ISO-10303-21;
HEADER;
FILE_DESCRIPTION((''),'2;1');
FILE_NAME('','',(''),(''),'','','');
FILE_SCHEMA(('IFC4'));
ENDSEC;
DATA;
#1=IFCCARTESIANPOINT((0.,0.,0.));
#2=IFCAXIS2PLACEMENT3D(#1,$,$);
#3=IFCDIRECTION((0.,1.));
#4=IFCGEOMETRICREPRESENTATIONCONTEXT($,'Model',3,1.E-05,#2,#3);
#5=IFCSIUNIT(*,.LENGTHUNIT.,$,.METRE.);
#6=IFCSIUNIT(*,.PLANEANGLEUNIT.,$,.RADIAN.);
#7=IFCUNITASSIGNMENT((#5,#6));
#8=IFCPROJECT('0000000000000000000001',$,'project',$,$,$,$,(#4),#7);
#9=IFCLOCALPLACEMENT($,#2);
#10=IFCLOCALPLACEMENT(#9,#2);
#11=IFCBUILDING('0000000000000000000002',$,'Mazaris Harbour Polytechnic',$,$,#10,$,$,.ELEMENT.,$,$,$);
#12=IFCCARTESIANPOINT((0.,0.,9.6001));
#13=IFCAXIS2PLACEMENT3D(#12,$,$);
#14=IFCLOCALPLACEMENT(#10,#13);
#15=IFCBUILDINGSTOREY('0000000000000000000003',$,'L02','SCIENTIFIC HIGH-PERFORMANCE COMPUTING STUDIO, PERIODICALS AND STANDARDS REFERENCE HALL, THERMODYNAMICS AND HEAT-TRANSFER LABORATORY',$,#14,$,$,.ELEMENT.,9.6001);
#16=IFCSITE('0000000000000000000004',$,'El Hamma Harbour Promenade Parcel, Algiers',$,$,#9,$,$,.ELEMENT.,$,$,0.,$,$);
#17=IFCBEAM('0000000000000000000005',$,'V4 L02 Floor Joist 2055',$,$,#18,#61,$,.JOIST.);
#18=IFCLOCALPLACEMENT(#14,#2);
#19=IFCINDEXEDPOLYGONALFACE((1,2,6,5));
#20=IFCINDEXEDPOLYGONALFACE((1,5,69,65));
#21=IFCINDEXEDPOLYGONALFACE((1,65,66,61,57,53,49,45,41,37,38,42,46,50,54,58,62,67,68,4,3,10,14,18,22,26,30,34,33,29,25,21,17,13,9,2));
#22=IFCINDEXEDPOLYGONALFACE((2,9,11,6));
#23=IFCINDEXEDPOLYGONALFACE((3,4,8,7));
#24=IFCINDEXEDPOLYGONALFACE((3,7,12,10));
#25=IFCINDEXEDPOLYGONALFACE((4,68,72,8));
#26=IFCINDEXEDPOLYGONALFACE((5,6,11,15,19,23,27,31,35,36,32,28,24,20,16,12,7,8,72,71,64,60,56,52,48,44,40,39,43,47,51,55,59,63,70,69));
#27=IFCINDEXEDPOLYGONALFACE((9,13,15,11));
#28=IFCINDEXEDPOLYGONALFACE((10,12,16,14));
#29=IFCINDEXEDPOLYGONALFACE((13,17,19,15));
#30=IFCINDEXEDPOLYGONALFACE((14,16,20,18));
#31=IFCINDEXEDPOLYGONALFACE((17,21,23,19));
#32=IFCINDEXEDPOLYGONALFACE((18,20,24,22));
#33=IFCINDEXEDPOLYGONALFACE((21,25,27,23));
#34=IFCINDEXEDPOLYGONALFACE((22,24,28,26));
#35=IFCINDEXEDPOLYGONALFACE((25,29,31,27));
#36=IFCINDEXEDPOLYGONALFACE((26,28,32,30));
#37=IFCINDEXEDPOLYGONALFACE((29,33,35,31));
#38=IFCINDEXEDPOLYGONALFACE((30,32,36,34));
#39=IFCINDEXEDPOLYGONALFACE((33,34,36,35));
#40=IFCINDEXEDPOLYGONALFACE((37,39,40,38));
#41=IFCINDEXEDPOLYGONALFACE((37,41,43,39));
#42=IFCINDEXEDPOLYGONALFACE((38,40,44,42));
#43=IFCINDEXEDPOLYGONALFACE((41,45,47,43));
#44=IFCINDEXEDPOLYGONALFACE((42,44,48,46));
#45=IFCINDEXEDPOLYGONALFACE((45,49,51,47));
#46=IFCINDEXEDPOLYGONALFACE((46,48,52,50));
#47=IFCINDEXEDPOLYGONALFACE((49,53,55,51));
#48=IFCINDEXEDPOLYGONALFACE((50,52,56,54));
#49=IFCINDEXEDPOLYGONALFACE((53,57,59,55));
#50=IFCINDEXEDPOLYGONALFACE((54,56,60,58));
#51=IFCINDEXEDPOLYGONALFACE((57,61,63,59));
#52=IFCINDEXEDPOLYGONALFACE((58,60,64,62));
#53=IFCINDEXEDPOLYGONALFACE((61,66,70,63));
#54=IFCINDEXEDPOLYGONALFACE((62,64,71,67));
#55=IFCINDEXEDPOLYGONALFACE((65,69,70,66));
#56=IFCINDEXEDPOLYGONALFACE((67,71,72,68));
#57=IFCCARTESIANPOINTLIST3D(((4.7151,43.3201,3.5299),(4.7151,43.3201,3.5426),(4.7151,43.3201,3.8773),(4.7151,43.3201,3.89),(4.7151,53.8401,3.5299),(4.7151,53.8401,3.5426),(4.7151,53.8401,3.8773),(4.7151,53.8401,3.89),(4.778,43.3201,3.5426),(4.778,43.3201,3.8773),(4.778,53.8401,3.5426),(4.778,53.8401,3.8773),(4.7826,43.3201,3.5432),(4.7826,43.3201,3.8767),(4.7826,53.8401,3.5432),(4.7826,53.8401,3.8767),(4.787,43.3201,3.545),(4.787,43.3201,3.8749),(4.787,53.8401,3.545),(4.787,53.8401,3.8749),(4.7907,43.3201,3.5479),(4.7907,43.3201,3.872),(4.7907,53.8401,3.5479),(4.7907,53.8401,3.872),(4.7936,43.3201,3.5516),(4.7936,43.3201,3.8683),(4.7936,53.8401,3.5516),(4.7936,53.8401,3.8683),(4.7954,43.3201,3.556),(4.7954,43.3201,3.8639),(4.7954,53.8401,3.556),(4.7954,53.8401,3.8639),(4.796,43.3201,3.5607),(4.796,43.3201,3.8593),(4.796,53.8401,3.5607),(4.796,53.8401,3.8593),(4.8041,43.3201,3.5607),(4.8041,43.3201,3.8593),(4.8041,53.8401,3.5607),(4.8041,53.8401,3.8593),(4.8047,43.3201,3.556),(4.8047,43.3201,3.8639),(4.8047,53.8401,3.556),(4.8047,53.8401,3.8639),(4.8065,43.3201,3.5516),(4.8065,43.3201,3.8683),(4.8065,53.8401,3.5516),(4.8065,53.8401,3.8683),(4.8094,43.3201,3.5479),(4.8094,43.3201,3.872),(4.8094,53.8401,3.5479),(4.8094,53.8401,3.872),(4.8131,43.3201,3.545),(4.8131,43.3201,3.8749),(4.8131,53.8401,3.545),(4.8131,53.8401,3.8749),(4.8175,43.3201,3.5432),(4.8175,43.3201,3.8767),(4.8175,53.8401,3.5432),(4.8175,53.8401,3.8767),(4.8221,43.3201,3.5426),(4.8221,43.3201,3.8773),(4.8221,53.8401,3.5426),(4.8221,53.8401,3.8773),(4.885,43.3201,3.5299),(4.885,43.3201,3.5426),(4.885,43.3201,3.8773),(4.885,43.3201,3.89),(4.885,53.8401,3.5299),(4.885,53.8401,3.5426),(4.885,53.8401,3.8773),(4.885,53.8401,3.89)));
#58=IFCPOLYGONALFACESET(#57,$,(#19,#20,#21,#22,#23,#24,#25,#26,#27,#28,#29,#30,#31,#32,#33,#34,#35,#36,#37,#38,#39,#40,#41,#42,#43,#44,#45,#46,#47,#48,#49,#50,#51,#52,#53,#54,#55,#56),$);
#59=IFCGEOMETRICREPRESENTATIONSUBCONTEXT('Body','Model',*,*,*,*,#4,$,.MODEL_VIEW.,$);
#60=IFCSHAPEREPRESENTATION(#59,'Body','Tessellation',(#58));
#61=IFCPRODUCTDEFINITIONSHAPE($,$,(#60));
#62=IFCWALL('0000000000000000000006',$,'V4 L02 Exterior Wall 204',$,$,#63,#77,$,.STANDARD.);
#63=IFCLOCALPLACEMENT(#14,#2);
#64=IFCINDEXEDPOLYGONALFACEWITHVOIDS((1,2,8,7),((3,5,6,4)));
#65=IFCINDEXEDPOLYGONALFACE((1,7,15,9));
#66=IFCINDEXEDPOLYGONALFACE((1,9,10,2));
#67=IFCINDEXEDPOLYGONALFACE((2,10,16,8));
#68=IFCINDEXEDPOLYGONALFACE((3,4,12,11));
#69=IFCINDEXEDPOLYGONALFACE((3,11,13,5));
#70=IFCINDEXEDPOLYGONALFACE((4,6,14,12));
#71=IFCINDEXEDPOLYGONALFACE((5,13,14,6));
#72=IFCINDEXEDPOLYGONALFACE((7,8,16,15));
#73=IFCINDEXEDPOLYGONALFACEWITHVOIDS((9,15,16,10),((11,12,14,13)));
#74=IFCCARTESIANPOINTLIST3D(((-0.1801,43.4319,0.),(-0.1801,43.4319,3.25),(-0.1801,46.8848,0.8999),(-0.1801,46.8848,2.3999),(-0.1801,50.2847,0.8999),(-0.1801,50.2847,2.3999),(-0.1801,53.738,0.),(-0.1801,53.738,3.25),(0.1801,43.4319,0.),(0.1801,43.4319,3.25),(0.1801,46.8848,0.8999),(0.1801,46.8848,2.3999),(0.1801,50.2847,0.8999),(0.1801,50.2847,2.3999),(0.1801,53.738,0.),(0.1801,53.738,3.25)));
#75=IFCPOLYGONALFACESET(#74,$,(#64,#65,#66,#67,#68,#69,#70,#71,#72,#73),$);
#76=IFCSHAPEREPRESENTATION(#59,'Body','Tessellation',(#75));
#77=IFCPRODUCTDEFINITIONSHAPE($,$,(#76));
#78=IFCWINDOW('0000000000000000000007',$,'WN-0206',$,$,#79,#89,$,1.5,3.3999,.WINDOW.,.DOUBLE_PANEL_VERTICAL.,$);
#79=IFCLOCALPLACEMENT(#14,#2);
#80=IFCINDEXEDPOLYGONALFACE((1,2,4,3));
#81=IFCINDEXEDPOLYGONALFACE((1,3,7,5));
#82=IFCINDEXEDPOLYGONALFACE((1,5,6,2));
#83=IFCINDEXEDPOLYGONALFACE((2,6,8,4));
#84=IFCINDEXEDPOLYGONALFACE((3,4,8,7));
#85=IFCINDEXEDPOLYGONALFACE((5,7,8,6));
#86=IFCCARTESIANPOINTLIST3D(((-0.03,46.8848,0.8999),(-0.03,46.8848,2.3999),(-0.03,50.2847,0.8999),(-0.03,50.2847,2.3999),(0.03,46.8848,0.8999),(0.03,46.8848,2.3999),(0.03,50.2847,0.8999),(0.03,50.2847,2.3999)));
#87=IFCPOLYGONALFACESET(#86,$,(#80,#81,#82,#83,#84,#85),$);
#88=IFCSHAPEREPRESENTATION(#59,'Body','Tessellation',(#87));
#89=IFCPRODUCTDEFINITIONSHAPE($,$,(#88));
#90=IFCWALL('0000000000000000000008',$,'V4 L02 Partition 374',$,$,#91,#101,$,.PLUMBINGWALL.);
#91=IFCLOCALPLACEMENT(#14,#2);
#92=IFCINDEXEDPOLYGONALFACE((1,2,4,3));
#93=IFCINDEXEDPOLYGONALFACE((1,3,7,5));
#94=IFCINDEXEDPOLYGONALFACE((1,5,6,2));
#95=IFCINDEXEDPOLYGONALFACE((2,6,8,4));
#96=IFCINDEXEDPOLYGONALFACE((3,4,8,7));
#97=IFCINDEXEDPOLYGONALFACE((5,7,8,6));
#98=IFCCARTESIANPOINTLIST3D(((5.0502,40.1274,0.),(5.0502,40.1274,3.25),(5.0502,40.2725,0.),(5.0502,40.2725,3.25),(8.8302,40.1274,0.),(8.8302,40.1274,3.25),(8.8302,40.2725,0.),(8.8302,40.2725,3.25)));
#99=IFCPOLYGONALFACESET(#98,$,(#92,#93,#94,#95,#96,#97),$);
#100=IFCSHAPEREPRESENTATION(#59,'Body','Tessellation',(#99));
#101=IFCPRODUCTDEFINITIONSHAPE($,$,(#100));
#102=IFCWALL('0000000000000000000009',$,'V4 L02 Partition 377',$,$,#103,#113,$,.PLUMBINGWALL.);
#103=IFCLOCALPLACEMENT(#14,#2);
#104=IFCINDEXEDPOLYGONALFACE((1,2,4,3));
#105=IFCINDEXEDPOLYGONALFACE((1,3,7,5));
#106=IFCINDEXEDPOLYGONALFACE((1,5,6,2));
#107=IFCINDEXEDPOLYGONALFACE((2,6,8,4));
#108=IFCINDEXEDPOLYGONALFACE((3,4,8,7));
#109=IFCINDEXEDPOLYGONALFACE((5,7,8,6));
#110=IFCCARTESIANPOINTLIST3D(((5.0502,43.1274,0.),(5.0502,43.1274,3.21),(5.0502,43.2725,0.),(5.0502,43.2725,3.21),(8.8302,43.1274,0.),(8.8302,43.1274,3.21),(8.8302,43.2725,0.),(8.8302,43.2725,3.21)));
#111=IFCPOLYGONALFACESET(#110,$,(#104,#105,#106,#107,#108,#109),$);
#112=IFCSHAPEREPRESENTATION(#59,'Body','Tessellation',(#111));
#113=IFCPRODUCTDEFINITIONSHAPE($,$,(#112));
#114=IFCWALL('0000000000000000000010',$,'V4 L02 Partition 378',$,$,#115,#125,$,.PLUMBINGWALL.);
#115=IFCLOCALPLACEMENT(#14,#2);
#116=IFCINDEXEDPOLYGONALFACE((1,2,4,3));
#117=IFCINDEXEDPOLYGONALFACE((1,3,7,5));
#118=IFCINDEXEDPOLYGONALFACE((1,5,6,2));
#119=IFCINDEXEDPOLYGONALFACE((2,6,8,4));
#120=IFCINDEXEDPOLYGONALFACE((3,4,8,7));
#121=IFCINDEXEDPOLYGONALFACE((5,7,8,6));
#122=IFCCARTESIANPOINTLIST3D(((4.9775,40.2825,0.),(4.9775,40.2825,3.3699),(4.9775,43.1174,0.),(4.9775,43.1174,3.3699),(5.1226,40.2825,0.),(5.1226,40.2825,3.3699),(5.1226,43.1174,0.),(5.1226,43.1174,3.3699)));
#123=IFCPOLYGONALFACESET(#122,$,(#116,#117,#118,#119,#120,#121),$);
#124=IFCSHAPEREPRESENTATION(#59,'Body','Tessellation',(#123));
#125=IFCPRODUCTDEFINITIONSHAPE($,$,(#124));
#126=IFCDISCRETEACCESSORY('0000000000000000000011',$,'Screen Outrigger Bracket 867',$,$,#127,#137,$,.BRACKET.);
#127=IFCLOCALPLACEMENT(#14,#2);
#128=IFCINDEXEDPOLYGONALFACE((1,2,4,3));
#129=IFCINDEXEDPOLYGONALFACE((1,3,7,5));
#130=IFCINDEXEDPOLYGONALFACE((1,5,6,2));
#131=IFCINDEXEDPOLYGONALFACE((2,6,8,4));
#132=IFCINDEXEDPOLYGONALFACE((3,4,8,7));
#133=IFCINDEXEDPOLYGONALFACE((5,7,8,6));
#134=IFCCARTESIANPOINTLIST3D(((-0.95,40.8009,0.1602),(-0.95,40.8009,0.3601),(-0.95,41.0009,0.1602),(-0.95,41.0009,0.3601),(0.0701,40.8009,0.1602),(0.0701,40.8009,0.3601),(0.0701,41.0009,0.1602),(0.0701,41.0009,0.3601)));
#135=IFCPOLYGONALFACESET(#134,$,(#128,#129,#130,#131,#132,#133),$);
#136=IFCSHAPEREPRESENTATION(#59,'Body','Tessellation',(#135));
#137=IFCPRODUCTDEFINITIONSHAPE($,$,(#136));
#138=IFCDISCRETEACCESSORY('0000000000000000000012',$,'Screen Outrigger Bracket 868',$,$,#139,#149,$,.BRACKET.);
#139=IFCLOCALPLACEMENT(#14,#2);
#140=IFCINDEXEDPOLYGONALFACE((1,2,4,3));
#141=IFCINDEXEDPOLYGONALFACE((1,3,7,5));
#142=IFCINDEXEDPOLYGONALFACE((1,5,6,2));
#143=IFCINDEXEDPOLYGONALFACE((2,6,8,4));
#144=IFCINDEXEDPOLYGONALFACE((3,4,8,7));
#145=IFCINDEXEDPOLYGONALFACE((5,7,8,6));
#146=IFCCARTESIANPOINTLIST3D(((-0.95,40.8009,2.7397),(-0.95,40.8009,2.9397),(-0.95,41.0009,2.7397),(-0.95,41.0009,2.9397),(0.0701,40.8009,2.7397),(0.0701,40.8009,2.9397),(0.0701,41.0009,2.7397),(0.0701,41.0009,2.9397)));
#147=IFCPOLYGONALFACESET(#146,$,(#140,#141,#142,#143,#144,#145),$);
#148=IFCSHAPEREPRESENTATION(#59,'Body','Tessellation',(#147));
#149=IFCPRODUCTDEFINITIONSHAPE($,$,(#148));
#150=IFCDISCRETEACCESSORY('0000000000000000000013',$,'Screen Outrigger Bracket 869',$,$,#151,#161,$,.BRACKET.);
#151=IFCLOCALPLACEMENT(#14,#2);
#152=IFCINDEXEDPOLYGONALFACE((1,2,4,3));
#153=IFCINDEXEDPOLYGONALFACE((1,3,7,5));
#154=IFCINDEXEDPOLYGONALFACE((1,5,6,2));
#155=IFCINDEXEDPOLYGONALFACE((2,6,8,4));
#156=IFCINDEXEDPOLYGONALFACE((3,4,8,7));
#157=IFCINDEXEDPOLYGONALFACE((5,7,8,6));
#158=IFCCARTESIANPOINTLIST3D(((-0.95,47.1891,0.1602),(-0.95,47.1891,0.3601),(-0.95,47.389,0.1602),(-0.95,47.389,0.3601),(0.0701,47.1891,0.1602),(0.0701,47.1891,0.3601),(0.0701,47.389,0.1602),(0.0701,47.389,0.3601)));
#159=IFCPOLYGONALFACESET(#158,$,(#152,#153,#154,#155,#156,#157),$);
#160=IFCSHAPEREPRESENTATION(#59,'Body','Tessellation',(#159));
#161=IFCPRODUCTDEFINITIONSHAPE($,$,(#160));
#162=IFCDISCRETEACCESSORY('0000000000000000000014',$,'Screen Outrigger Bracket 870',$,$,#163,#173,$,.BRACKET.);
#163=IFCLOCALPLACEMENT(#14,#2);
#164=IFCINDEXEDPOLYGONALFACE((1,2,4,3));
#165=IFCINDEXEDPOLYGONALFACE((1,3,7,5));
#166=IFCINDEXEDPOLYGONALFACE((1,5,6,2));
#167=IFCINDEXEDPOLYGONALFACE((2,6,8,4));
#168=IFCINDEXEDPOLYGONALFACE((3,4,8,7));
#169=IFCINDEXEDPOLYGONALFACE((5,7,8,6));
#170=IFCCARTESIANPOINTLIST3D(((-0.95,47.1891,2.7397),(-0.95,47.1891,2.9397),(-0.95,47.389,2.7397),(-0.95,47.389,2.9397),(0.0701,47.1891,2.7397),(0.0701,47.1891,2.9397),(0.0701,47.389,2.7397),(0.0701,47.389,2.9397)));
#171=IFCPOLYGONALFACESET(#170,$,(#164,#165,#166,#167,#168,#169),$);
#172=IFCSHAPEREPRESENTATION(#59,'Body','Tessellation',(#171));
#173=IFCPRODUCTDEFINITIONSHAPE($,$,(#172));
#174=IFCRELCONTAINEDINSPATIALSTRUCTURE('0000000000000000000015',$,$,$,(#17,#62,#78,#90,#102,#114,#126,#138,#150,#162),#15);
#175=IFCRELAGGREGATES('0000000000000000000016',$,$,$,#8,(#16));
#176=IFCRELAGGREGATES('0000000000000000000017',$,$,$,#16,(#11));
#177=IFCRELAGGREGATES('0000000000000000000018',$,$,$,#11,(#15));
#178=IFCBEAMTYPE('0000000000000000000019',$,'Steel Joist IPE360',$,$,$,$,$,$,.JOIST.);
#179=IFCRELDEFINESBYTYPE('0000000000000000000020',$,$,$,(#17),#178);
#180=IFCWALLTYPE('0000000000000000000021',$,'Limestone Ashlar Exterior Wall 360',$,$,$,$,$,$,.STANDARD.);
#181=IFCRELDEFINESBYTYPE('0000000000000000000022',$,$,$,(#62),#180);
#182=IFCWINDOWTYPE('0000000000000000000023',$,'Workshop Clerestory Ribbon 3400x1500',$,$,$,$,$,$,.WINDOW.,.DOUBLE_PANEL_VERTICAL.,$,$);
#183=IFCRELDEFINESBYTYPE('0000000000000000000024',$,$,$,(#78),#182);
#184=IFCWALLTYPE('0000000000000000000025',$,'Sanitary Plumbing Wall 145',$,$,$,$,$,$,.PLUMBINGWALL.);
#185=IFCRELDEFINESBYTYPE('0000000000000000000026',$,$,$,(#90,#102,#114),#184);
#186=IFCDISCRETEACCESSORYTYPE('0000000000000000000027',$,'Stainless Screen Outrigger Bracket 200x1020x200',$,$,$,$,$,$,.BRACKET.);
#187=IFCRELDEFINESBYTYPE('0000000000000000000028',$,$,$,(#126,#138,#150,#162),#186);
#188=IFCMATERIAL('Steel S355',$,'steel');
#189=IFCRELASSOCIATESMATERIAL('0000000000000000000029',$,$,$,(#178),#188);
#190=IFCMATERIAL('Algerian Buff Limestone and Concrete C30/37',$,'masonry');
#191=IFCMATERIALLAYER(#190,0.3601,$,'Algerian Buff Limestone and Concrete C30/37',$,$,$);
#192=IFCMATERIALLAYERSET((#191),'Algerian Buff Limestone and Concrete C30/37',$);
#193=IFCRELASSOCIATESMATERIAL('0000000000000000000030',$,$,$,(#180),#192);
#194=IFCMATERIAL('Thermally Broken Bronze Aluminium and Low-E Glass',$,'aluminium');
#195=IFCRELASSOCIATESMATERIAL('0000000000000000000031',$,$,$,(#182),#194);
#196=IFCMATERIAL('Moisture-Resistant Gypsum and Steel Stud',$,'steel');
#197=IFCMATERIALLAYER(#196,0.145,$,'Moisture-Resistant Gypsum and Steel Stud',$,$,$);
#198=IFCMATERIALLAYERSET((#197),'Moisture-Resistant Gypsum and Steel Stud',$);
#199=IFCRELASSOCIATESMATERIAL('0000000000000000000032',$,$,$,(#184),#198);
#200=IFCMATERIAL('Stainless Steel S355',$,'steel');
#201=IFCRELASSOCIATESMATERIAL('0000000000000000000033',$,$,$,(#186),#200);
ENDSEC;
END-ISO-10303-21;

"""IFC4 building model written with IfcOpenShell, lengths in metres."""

from ifc_helpers import new_model, si_unit, direction, frame, frame_2d, origin, origin_2d, place, context, subcontext, project, spatial, rectangle, i_section, extrude, material, layer, layer_set, material_profile, profile_set, type_object, element, fill, save


model = new_model("IFC4")

# Units and contexts
model_context = context("Model", 3, precision=1e-05, world=origin(), true_north=direction((0.0, 1.0)))
body_context = subcontext(model_context, "Body", "Model", "MODEL_VIEW")
ifc_project = project(units=[si_unit("LENGTHUNIT", "METRE"), si_unit("PLANEANGLEUNIT", "RADIAN")], contexts=[model_context])

# Site, building, storey
site_placement = place(None, origin())
site = spatial("IfcSite", under=ifc_project, at=site_placement, Name="El Hamma Harbour Promenade Parcel, Algiers", CompositionType="ELEMENT", RefElevation=0.0)
building_placement = place(site_placement, origin())
building = spatial("IfcBuilding", under=site, at=building_placement, Name="Mazaris Harbour Polytechnic", CompositionType="ELEMENT")
storey_placement = place(building_placement, frame((0.0, 0.0, 9.6001)))
storey = spatial("IfcBuildingStorey", under=building, at=storey_placement, Name="L02", Description="SCIENTIFIC HIGH-PERFORMANCE COMPUTING STUDIO, PERIODICALS AND STANDARDS REFERENCE HALL, THERMODYNAMICS AND HEAT-TRANSFER LABORATORY", CompositionType="ELEMENT", Elevation=9.6001)

# Beam
ifc_material_1 = material(Name="Steel S355", Category="steel")
ifc_material_profile_1 = material_profile(ifc_material_1, i_section(OverallWidth=0.1699, OverallDepth=0.3601, WebThickness=0.0081, FlangeThickness=0.0127, FilletRadius=0.0181, at=origin_2d()), Name="IPE 360")
ifc_profile_set_1 = profile_set([ifc_material_profile_1], Name="Steel S355")
beam_type_1 = type_object("IfcBeamType", Name="Steel Joist IPE360", PredefinedType="JOIST", material=ifc_profile_set_1)
beam_1_placement = place(storey_placement, frame((4.8, 43.3201, 3.71), z_axis=(0.0, 1.0, 0.0), x_axis=(-1.0, 0.0, 0.0)))
element("IfcBeam", 1, at=beam_1_placement, inside=storey, type_object=beam_type_1, Name="V4 L02 Floor Joist 2055", PredefinedType="JOIST", context=body_context, shape_type="SweptSolid", body=[
    extrude(i_section(OverallWidth=0.1699, OverallDepth=0.3601, WebThickness=0.0081, FlangeThickness=0.0127, FilletRadius=0.0181, at=origin_2d()), origin(), (0.0, 0.0, 1.0), 10.52),
])

# Wall, opening, window
ifc_material_2 = material(Name="Algerian Buff Limestone and Concrete C30/37", Category="masonry")
ifc_layer_1 = layer(ifc_material_2, 0.3601, Name="Algerian Buff Limestone and Concrete C30/37")
ifc_layer_set_1 = layer_set([ifc_layer_1], Name="Algerian Buff Limestone and Concrete C30/37")
wall_type_1 = type_object("IfcWallType", Name="Limestone Ashlar Exterior Wall 360", PredefinedType="STANDARD", material=ifc_layer_set_1)
wall_1_placement = place(storey_placement, frame((0.0, 43.4319, 0.0), z_axis=(0.0, 0.0, 1.0), x_axis=(0.0, 1.0, 0.0)))
wall_1 = element("IfcWall", 2, at=wall_1_placement, inside=storey, type_object=wall_type_1, Name="V4 L02 Exterior Wall 204", PredefinedType="STANDARD", context=body_context, shape_type="SweptSolid", body=[
    extrude(rectangle(XDim=10.3062, YDim=0.3601, at=frame_2d((5.1531, 0.0))), origin(), (0.0, 0.0, 1.0), 3.25),
])
opening_placement = place(wall_1_placement, frame((3.4529, 0.0, 0.8999)))
opening = element("IfcOpeningElement", 3, at=opening_placement, cuts=wall_1, PredefinedType="OPENING", context=body_context, shape_type="SweptSolid", body=[
    extrude(rectangle(XDim=3.3999, YDim=1.5, at=frame_2d((1.7, 0.75))), frame((0.0, 0.1899, 0.0), z_axis=(0.0, -1.0, 0.0), x_axis=(1.0, 0.0, 0.0)), (0.0, 0.0, 1.0), 0.3801),
])
ifc_material_3 = material(Name="Thermally Broken Bronze Aluminium and Low-E Glass", Category="aluminium")
window_type = type_object("IfcWindowType", Name="Workshop Clerestory Ribbon 3400x1500", PartitioningType="DOUBLE_PANEL_VERTICAL", PredefinedType="WINDOW", material=ifc_material_3)
window_placement = place(opening_placement, origin())
window = element("IfcWindow", 4, at=window_placement, inside=storey, type_object=window_type, Name="WN-0206", OverallHeight=1.5, OverallWidth=3.3999, PartitioningType="DOUBLE_PANEL_VERTICAL", PredefinedType="WINDOW", context=body_context, shape_type="SweptSolid", body=[
    extrude(rectangle(XDim=3.3999, YDim=1.5, at=frame_2d((1.7, 0.75))), frame((0.0, 0.03, 0.0), z_axis=(0.0, -1.0, 0.0), x_axis=(1.0, 0.0, 0.0)), (0.0, 0.0, 1.0), 0.0601),
])
fill(opening, window)

# Walls
ifc_material_4 = material(Name="Moisture-Resistant Gypsum and Steel Stud", Category="steel")
ifc_layer_2 = layer(ifc_material_4, 0.145, Name="Moisture-Resistant Gypsum and Steel Stud")
ifc_layer_set_2 = layer_set([ifc_layer_2], Name="Moisture-Resistant Gypsum and Steel Stud")
wall_type_2 = type_object("IfcWallType", Name="Sanitary Plumbing Wall 145", PredefinedType="PLUMBINGWALL", material=ifc_layer_set_2)
wall_2_placement = place(storey_placement, frame((5.05, 40.2, 0.0), z_axis=(0.0, 0.0, 1.0), x_axis=(1.0, 0.0, 0.0)))
element("IfcWall", 5, at=wall_2_placement, inside=storey, type_object=wall_type_2, Name="V4 L02 Partition 374", PredefinedType="PLUMBINGWALL", context=body_context, shape_type="SweptSolid", body=[
    extrude(rectangle(XDim=3.78, YDim=0.145, at=frame_2d((1.8901, 0.0))), origin(), (0.0, 0.0, 1.0), 3.25),
])
wall_3_placement = place(storey_placement, frame((5.05, 43.2, 0.0), z_axis=(0.0, 0.0, 1.0), x_axis=(1.0, 0.0, 0.0)))
element("IfcWall", 6, at=wall_3_placement, inside=storey, type_object=wall_type_2, Name="V4 L02 Partition 377", PredefinedType="PLUMBINGWALL", context=body_context, shape_type="SweptSolid", body=[
    extrude(rectangle(XDim=3.78, YDim=0.145, at=frame_2d((1.8901, 0.0))), origin(), (0.0, 0.0, 1.0), 3.21),
])
wall_4_placement = place(storey_placement, frame((5.05, 40.2825, 0.0), z_axis=(0.0, 0.0, 1.0), x_axis=(0.0, 1.0, 0.0)))
element("IfcWall", 7, at=wall_4_placement, inside=storey, type_object=wall_type_2, Name="V4 L02 Partition 378", PredefinedType="PLUMBINGWALL", context=body_context, shape_type="SweptSolid", body=[
    extrude(rectangle(XDim=2.835, YDim=0.145, at=frame_2d((1.4175, 0.0))), origin(), (0.0, 0.0, 1.0), 3.3699),
])

# Discrete accessories
ifc_material_5 = material(Name="Stainless Steel S355", Category="steel")
discrete_accessory_type = type_object("IfcDiscreteAccessoryType", Name="Stainless Screen Outrigger Bracket 200x1020x200", PredefinedType="BRACKET", material=ifc_material_5)
for number, where, z_axis, x_axis, name in (
    (8, (-0.4399, 40.9009, 0.1602), (0.0, 0.0, 1.0), (0.0, 1.0, 0.0), "Screen Outrigger Bracket 867"),
    (9, (-0.4399, 40.9009, 2.7397), (0.0, 0.0, 1.0), (0.0, 1.0, 0.0), "Screen Outrigger Bracket 868"),
    (10, (-0.4399, 47.2891, 0.1602), (0.0, 0.0, 1.0), (0.0, 1.0, 0.0), "Screen Outrigger Bracket 869"),
    (11, (-0.4399, 47.2891, 2.7397), (0.0, 0.0, 1.0), (0.0, 1.0, 0.0), "Screen Outrigger Bracket 870"),
):
    element("IfcDiscreteAccessory", number, at=place(storey_placement, frame(where, z_axis=z_axis, x_axis=x_axis)), inside=storey, type_object=discrete_accessory_type, Name=name, PredefinedType="BRACKET", context=body_context, shape_type="SweptSolid", body=[
        extrude(rectangle(XDim=0.2, YDim=1.02, at=origin_2d()), origin(), (0.0, 0.0, 1.0), 0.2),
    ])

save(model, "model.ifc")
